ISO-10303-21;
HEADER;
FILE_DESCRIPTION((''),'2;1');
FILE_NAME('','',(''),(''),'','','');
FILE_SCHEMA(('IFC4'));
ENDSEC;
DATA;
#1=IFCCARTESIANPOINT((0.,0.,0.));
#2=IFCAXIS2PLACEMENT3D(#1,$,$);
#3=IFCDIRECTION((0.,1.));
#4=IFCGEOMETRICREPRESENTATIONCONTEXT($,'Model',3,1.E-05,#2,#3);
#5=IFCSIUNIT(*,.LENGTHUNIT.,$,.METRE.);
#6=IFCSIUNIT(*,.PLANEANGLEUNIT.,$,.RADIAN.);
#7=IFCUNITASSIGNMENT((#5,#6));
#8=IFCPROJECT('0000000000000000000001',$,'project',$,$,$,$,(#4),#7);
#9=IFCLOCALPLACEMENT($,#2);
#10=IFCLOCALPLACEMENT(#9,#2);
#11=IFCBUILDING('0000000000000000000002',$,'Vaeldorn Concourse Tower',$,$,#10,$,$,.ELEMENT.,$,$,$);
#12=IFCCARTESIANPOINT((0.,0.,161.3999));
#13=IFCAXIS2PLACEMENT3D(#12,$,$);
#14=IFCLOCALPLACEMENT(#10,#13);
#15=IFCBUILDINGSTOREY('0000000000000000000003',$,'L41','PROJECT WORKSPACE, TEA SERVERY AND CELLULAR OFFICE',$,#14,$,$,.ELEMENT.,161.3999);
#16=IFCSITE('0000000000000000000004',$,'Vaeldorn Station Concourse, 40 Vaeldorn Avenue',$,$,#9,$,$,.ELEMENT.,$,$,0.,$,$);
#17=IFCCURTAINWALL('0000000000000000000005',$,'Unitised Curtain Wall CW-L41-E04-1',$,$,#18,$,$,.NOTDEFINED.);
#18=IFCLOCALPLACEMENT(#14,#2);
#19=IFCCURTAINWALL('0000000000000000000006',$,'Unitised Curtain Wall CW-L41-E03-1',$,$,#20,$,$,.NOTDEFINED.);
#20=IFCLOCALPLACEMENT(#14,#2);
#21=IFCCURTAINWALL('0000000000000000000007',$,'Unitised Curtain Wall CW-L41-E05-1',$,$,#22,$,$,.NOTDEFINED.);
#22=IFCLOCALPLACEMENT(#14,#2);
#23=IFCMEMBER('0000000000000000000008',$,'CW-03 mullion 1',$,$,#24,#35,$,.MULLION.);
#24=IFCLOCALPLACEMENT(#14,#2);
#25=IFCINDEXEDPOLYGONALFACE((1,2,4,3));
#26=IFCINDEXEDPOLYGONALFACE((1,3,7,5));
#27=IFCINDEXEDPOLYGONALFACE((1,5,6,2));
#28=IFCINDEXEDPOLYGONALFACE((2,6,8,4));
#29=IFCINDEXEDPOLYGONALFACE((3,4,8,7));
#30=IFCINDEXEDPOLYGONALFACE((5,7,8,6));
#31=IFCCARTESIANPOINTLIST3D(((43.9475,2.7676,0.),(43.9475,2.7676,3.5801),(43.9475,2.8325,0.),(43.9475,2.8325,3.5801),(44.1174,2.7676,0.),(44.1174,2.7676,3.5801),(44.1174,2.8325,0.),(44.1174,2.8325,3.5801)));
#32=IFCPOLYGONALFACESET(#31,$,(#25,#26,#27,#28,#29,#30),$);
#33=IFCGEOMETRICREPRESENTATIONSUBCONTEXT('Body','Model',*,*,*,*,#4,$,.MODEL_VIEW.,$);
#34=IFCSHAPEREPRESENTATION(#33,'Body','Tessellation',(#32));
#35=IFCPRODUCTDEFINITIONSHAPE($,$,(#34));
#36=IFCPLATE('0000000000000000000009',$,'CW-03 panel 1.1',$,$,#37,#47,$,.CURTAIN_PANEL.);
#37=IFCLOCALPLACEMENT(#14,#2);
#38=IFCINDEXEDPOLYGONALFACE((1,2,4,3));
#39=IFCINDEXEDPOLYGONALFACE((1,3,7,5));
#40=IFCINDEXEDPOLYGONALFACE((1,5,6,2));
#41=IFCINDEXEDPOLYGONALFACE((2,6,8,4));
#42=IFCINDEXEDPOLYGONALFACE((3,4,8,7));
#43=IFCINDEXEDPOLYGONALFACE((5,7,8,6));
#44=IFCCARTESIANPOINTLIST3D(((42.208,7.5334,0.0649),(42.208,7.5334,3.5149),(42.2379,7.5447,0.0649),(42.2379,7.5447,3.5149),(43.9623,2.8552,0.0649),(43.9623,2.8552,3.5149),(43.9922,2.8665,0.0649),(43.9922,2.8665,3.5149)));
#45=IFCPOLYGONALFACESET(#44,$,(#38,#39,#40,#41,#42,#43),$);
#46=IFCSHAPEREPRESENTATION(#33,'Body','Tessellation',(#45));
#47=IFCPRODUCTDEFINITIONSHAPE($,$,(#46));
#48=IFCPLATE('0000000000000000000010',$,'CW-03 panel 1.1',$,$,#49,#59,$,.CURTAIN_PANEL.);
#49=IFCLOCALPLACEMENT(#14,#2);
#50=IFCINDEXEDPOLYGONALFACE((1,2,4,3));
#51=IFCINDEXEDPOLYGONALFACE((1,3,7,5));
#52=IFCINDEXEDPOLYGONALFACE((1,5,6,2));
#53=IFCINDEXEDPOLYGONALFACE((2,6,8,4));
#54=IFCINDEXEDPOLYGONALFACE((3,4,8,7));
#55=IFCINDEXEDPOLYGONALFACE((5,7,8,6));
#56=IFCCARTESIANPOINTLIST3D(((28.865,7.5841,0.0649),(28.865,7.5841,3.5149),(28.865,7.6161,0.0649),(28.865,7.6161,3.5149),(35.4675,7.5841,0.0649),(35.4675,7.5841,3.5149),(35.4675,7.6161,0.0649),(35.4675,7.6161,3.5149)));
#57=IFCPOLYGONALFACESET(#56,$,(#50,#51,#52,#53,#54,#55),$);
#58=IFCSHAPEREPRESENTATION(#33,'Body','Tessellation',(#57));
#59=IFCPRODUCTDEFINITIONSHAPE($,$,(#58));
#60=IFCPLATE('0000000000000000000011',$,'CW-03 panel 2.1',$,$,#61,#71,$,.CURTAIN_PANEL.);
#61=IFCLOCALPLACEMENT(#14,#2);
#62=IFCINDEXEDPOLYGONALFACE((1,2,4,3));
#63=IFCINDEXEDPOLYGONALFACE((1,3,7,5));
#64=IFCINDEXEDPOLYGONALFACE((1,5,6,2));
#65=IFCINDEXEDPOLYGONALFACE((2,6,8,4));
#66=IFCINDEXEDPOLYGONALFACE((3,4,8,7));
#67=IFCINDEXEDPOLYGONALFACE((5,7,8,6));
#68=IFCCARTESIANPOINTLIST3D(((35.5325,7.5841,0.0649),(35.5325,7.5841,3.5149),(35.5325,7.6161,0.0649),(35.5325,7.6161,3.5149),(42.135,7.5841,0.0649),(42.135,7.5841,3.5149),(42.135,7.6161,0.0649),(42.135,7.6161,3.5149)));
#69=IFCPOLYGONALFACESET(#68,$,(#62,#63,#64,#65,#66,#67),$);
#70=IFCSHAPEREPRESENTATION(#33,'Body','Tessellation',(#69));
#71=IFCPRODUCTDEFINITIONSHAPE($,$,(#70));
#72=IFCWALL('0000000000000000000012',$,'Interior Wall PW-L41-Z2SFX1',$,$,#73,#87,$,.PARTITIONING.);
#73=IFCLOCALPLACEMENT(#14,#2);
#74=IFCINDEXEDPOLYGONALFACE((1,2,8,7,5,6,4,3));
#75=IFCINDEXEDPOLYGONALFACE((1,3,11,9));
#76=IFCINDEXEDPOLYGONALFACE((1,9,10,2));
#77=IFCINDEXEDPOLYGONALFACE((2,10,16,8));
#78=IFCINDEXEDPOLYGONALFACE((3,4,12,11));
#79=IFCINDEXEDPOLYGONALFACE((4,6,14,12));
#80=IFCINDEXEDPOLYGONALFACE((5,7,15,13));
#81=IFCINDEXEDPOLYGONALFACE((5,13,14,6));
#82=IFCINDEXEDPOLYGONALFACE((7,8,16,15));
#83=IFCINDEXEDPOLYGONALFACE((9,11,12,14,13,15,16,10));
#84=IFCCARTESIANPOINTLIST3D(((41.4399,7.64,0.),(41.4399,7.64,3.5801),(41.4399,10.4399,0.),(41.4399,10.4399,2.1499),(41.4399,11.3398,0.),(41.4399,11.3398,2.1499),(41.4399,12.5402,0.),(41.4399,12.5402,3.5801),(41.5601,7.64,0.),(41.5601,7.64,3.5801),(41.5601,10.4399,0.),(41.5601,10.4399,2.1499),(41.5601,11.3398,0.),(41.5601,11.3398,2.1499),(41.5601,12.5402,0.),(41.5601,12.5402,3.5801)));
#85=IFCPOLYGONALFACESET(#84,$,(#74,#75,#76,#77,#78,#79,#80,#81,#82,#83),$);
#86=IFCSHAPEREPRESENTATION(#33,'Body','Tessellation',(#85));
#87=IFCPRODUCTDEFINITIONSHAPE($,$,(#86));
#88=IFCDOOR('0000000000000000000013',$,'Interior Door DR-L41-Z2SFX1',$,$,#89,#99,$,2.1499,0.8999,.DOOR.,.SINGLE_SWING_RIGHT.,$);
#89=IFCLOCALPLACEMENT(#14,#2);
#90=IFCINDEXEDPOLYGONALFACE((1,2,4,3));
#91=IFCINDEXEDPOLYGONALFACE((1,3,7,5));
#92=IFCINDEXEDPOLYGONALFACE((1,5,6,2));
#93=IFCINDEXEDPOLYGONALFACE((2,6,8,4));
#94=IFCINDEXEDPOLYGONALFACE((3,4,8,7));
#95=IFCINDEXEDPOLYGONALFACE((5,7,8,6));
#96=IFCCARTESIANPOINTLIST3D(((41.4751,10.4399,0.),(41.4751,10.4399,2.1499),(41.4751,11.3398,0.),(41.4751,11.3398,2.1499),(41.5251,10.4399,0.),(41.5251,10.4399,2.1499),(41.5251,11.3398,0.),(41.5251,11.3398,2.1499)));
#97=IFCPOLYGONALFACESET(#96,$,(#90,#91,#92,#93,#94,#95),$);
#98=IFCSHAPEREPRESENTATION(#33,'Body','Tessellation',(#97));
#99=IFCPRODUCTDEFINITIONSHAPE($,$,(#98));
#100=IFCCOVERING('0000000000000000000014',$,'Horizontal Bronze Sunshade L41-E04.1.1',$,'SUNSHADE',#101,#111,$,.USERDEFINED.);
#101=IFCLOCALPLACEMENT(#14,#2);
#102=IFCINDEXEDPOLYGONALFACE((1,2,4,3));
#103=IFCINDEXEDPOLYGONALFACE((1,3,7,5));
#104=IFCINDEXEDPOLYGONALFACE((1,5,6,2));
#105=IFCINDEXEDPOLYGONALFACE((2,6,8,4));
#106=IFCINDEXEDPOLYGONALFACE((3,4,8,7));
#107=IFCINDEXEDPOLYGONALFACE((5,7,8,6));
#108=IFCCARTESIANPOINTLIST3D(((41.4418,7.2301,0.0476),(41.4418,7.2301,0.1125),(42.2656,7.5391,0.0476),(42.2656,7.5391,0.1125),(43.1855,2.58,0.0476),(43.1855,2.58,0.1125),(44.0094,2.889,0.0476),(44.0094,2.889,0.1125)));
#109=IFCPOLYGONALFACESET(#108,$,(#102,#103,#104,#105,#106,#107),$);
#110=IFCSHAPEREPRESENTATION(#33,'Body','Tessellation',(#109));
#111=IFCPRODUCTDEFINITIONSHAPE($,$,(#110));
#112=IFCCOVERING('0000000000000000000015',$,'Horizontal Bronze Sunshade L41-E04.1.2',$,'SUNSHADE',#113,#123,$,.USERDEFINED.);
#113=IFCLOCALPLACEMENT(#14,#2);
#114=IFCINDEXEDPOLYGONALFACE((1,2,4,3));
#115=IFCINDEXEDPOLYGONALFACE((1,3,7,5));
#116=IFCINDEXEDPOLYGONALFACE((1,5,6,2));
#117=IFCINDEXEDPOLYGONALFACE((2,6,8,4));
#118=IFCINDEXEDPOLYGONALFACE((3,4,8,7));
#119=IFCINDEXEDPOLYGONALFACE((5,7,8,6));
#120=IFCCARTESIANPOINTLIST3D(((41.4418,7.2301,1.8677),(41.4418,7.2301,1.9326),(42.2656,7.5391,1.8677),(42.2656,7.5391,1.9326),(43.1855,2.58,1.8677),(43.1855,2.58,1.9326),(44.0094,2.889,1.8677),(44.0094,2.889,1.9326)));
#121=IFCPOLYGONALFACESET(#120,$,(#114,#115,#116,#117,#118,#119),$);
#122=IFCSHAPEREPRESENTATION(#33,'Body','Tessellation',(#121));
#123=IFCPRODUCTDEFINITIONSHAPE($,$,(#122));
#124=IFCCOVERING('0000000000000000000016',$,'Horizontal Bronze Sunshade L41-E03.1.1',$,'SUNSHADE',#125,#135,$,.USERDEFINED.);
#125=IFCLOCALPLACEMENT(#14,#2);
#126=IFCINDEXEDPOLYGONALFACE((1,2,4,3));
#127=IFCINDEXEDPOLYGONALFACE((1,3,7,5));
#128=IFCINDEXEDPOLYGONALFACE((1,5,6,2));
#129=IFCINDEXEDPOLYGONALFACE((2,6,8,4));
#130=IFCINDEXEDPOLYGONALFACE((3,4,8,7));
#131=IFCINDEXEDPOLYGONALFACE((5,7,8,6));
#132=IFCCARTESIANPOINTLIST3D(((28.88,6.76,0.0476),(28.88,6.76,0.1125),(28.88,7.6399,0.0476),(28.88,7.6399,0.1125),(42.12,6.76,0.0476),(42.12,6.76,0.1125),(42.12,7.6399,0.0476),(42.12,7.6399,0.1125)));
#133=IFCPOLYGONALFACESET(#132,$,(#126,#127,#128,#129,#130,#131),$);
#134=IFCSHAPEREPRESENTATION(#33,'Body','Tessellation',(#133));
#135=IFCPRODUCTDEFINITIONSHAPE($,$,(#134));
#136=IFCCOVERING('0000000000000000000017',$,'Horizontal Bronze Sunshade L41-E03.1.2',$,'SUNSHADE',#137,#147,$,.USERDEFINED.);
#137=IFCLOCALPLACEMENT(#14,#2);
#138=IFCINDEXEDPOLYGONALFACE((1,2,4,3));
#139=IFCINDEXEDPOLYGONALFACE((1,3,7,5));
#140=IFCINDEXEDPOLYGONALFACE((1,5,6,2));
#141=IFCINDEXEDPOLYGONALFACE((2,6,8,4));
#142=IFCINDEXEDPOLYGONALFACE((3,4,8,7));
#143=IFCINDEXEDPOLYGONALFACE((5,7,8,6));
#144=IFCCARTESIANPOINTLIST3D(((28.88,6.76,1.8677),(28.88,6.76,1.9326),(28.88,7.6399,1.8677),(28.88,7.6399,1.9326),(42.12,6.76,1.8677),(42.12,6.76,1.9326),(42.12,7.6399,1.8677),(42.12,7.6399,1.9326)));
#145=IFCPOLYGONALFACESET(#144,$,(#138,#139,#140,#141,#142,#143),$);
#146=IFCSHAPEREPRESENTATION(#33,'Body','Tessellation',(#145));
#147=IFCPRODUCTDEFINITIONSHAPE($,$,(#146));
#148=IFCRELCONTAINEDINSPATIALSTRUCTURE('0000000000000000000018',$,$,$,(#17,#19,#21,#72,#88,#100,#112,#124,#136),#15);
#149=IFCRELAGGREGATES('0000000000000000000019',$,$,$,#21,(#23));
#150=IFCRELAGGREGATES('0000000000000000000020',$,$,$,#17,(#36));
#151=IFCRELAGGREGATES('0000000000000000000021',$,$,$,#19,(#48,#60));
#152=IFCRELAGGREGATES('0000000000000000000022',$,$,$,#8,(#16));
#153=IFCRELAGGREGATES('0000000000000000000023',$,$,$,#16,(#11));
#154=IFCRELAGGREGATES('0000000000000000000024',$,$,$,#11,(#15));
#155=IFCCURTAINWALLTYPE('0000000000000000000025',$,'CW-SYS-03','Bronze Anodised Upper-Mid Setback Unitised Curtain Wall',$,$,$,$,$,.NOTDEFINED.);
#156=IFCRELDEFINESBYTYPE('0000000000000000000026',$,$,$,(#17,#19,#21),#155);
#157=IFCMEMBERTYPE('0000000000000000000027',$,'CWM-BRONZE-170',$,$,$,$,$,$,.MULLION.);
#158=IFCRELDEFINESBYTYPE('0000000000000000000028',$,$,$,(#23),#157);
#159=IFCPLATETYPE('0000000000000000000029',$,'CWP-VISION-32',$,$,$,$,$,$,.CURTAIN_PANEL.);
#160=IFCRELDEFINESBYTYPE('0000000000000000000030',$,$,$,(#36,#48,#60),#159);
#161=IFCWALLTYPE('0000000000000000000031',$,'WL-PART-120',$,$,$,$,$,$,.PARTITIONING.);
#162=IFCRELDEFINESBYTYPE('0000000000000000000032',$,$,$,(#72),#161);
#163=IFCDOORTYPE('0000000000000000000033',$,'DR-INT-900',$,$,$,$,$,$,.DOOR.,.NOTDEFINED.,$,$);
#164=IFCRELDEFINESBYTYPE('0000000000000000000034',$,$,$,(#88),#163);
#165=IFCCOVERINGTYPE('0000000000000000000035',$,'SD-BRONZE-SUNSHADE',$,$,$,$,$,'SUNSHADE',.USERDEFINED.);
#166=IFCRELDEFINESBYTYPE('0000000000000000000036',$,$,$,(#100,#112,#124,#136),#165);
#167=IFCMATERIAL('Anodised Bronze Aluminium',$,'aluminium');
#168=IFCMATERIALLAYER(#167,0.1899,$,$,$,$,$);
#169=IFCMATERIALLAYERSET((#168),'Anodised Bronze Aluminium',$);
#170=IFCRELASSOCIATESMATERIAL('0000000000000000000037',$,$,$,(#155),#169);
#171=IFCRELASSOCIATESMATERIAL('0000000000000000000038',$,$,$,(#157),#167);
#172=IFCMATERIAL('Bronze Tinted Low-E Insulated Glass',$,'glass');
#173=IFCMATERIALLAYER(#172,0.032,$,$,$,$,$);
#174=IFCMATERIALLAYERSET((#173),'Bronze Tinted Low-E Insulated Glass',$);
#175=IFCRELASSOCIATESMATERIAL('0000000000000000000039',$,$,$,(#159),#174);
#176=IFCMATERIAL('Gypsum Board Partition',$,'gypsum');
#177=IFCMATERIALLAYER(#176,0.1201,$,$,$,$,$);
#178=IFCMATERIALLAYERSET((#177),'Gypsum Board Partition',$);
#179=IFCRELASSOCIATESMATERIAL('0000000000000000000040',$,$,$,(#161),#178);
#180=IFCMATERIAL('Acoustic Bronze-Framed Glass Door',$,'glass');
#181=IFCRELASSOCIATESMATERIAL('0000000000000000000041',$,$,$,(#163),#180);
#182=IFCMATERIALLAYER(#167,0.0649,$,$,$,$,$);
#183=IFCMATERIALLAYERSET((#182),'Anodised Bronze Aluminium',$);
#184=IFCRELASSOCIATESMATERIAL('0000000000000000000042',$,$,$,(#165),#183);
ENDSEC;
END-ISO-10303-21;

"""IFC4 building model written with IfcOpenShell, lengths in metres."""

from ifc_helpers import new_model, si_unit, direction, frame, frame_2d, origin, origin_2d, place, context, subcontext, project, spatial, rectangle, extrude, source, transform, mapped, material, layer, layer_set, material_profile, profile_set, type_object, element, fill, aggregate, save


model = new_model("IFC4")

# Units and contexts
model_context = context("Model", 3, precision=1e-05, world=origin(), true_north=direction((0.0, 1.0)))
body_context = subcontext(model_context, "Body", "Model", "MODEL_VIEW")
ifc_project = project(units=[si_unit("LENGTHUNIT", "METRE"), si_unit("PLANEANGLEUNIT", "RADIAN")], contexts=[model_context])

# Site, building, storey
site_placement = place(None, origin())
site = spatial("IfcSite", under=ifc_project, at=site_placement, Name="Vaeldorn Station Concourse, 40 Vaeldorn Avenue", CompositionType="ELEMENT", RefElevation=0.0)
building_placement = place(site_placement, origin())
building = spatial("IfcBuilding", under=site, at=building_placement, Name="Vaeldorn Concourse Tower", CompositionType="ELEMENT")
storey_placement = place(building_placement, frame((0.0, 0.0, 161.3999)))
storey = spatial("IfcBuildingStorey", under=building, at=storey_placement, Name="L41", Description="PROJECT WORKSPACE, TEA SERVERY AND CELLULAR OFFICE", CompositionType="ELEMENT", Elevation=161.3999)

# Curtain walls
ifc_material_1 = material(Name="Anodised Bronze Aluminium", Category="aluminium")
ifc_layer_1 = layer(ifc_material_1, 0.1899)
ifc_layer_set_1 = layer_set([ifc_layer_1], Name="Anodised Bronze Aluminium")
curtain_wall_type = type_object("IfcCurtainWallType", Name="CW-SYS-03", Description="Bronze Anodised Upper-Mid Setback Unitised Curtain Wall", PredefinedType="NOTDEFINED", material=ifc_layer_set_1)
curtain_wall_1_placement = place(storey_placement, origin())
curtain_wall_1 = element("IfcCurtainWall", 1, at=curtain_wall_1_placement, inside=storey, type_object=curtain_wall_type, Name="Unitised Curtain Wall CW-L41-E04-1", PredefinedType="NOTDEFINED")
curtain_wall_2_placement = place(storey_placement, origin())
curtain_wall_2 = element("IfcCurtainWall", 2, at=curtain_wall_2_placement, inside=storey, type_object=curtain_wall_type, Name="Unitised Curtain Wall CW-L41-E03-1", PredefinedType="NOTDEFINED")
curtain_wall_3_placement = place(storey_placement, origin())
curtain_wall_3 = element("IfcCurtainWall", 3, at=curtain_wall_3_placement, inside=storey, type_object=curtain_wall_type, Name="Unitised Curtain Wall CW-L41-E05-1", PredefinedType="NOTDEFINED")

# Member
ifc_material_profile_1 = material_profile(ifc_material_1, rectangle(XDim=0.0649, YDim=0.1699, at=origin_2d()), Name="CWM 65x170")
ifc_profile_set_1 = profile_set([ifc_material_profile_1], Name="Anodised Bronze Aluminium")
member_type_1 = type_object("IfcMemberType", Name="CWM-BRONZE-170", PredefinedType="MULLION", material=ifc_profile_set_1)
shared_shape_1 = source(origin(), body_context, "Body", "SweptSolid", [
    extrude(rectangle(XDim=0.0649, YDim=0.1699, at=origin_2d()), origin(), (0.0, 0.0, 1.0), 3.5801),
])
member_1_placement = place(storey_placement, frame((44.0325, 2.8, 0.0), z_axis=(0.0, 0.0, 1.0), x_axis=(0.0, 1.0, 0.0)))
member_1 = element("IfcMember", 4, at=member_1_placement, type_object=member_type_1, Name="CW-03 mullion 1", PredefinedType="MULLION", context=body_context, shape_type="MappedRepresentation", body=[
    mapped(shared_shape_1, transform((0.0, 0.0, 0.0), scale=1.0)),
])
aggregate(curtain_wall_3, [member_1])

# Plates
ifc_material_2 = material(Name="Bronze Tinted Low-E Insulated Glass", Category="glass")
ifc_layer_2 = layer(ifc_material_2, 0.032)
ifc_layer_set_2 = layer_set([ifc_layer_2], Name="Bronze Tinted Low-E Insulated Glass")
plate_type = type_object("IfcPlateType", Name="CWP-VISION-32", PredefinedType="CURTAIN_PANEL", material=ifc_layer_set_2)
shared_shape_2 = source(origin(), body_context, "Body", "SweptSolid", [
    extrude(rectangle(XDim=4.9963, YDim=0.032, at=origin_2d()), origin(), (0.0, 0.0, 1.0), 3.45),
])
plate_1_placement = place(storey_placement, frame((43.1001, 5.2, 0.0649), z_axis=(0.0, 0.0, 1.0), x_axis=(0.351123, -0.936329, 0.0)))
plate_1 = element("IfcPlate", 5, at=plate_1_placement, type_object=plate_type, Name="CW-03 panel 1.1", PredefinedType="CURTAIN_PANEL", context=body_context, shape_type="MappedRepresentation", body=[
    mapped(shared_shape_2, transform((0.0, 0.0, 0.0), scale=1.0)),
])
aggregate(curtain_wall_1, [plate_1])
shared_shape_3 = source(origin(), body_context, "Body", "SweptSolid", [
    extrude(rectangle(XDim=6.6025, YDim=0.032, at=origin_2d()), origin(), (0.0, 0.0, 1.0), 3.45),
])
plate_2_placement = place(storey_placement, frame((32.1663, 7.6001, 0.0649), z_axis=(0.0, 0.0, 1.0), x_axis=(1.0, 0.0, 0.0)))
plate_2 = element("IfcPlate", 6, at=plate_2_placement, type_object=plate_type, Name="CW-03 panel 1.1", PredefinedType="CURTAIN_PANEL", context=body_context, shape_type="MappedRepresentation", body=[
    mapped(shared_shape_3, transform((0.0, 0.0, 0.0), scale=1.0)),
])
plate_3_placement = place(storey_placement, frame((38.8337, 7.6001, 0.0649), z_axis=(0.0, 0.0, 1.0), x_axis=(1.0, 0.0, 0.0)))
plate_3 = element("IfcPlate", 7, at=plate_3_placement, type_object=plate_type, Name="CW-03 panel 2.1", PredefinedType="CURTAIN_PANEL", context=body_context, shape_type="MappedRepresentation", body=[
    mapped(shared_shape_3, transform((0.0, 0.0, 0.0), scale=1.0)),
])
aggregate(curtain_wall_2, [plate_2, plate_3])

# Wall, opening, door
ifc_material_3 = material(Name="Gypsum Board Partition", Category="gypsum")
ifc_layer_3 = layer(ifc_material_3, 0.1201)
ifc_layer_set_3 = layer_set([ifc_layer_3], Name="Gypsum Board Partition")
wall_type = type_object("IfcWallType", Name="WL-PART-120", PredefinedType="PARTITIONING", material=ifc_layer_set_3)
wall_placement = place(storey_placement, frame((41.5, 7.6399, 0.0), z_axis=(0.0, 0.0, 1.0), x_axis=(0.0, 1.0, 0.0)))
wall = element("IfcWall", 8, at=wall_placement, inside=storey, type_object=wall_type, Name="Interior Wall PW-L41-Z2SFX1", PredefinedType="PARTITIONING", context=body_context, shape_type="SweptSolid", body=[
    extrude(rectangle(XDim=4.9001, YDim=0.1201, at=frame_2d((2.4502, 0.0))), origin(), (0.0, 0.0, 1.0), 3.5801),
])
opening_placement = place(wall_placement, frame((2.8, 0.0, 0.0)))
opening = element("IfcOpeningElement", 9, at=opening_placement, cuts=wall, PredefinedType="OPENING", context=body_context, shape_type="SweptSolid", body=[
    extrude(rectangle(XDim=0.8999, YDim=2.1499, at=frame_2d((0.45, 1.075))), frame((0.0, 0.0701, 0.0), z_axis=(0.0, -1.0, 0.0), x_axis=(1.0, 0.0, 0.0)), (0.0, 0.0, 1.0), 0.1401),
])
ifc_material_4 = material(Name="Acoustic Bronze-Framed Glass Door", Category="glass")
door_type = type_object("IfcDoorType", Name="DR-INT-900", OperationType="NOTDEFINED", PredefinedType="DOOR", material=ifc_material_4)
shared_shape_4 = source(origin(), body_context, "Body", "SweptSolid", [
    extrude(rectangle(XDim=0.8999, YDim=2.1499, at=frame_2d((0.45, 1.075))), frame((0.0, 0.0249, 0.0), z_axis=(0.0, -1.0, 0.0), x_axis=(1.0, 0.0, 0.0)), (0.0, 0.0, 1.0), 0.05),
])
door_placement = place(opening_placement, origin())
door = element("IfcDoor", 10, at=door_placement, inside=storey, type_object=door_type, Name="Interior Door DR-L41-Z2SFX1", OperationType="SINGLE_SWING_RIGHT", OverallHeight=2.1499, OverallWidth=0.8999, PredefinedType="DOOR", context=body_context, shape_type="MappedRepresentation", body=[
    mapped(shared_shape_4, transform((0.0, 0.0, 0.0), scale=1.0)),
])
fill(opening, door)

# Coverings
ifc_layer_4 = layer(ifc_material_1, 0.0649)
ifc_layer_set_4 = layer_set([ifc_layer_4], Name="Anodised Bronze Aluminium")
covering_type = type_object("IfcCoveringType", Name="SD-BRONZE-SUNSHADE", ElementType="SUNSHADE", PredefinedType="USERDEFINED", material=ifc_layer_set_4)
shared_shape_5 = source(origin(), body_context, "Body", "SweptSolid", [
    extrude(rectangle(XDim=4.9663, YDim=0.8799, at=origin_2d()), origin(), (0.0, 0.0, 1.0), 0.0649),
])
for number, where, z_axis, x_axis, name in (
    (11, (42.7256, 5.0596, 0.0476), (0.0, 0.0, 1.0), (0.351123, -0.936329, 0.0), "Horizontal Bronze Sunshade L41-E04.1.1"),
    (12, (42.7256, 5.0596, 1.8677), (0.0, 0.0, 1.0), (0.351123, -0.936329, 0.0), "Horizontal Bronze Sunshade L41-E04.1.2"),
):
    element("IfcCovering", number, at=place(storey_placement, frame(where, z_axis=z_axis, x_axis=x_axis)), inside=storey, type_object=covering_type, Name=name, ObjectType="SUNSHADE", PredefinedType="USERDEFINED", context=body_context, shape_type="MappedRepresentation", body=[
        mapped(shared_shape_5, transform((0.0, 0.0, 0.0), scale=1.0)),
    ])
shared_shape_6 = source(origin(), body_context, "Body", "SweptSolid", [
    extrude(rectangle(XDim=13.24, YDim=0.8799, at=origin_2d()), origin(), (0.0, 0.0, 1.0), 0.0649),
])
for number, where, z_axis, x_axis, name in (
    (13, (35.5, 7.2, 0.0476), (0.0, 0.0, 1.0), (1.0, 0.0, 0.0), "Horizontal Bronze Sunshade L41-E03.1.1"),
    (14, (35.5, 7.2, 1.8677), (0.0, 0.0, 1.0), (1.0, 0.0, 0.0), "Horizontal Bronze Sunshade L41-E03.1.2"),
):
    element("IfcCovering", number, at=place(storey_placement, frame(where, z_axis=z_axis, x_axis=x_axis)), inside=storey, type_object=covering_type, Name=name, ObjectType="SUNSHADE", PredefinedType="USERDEFINED", context=body_context, shape_type="MappedRepresentation", body=[
        mapped(shared_shape_6, transform((0.0, 0.0, 0.0), scale=1.0)),
    ])

save(model, "model.ifc")
